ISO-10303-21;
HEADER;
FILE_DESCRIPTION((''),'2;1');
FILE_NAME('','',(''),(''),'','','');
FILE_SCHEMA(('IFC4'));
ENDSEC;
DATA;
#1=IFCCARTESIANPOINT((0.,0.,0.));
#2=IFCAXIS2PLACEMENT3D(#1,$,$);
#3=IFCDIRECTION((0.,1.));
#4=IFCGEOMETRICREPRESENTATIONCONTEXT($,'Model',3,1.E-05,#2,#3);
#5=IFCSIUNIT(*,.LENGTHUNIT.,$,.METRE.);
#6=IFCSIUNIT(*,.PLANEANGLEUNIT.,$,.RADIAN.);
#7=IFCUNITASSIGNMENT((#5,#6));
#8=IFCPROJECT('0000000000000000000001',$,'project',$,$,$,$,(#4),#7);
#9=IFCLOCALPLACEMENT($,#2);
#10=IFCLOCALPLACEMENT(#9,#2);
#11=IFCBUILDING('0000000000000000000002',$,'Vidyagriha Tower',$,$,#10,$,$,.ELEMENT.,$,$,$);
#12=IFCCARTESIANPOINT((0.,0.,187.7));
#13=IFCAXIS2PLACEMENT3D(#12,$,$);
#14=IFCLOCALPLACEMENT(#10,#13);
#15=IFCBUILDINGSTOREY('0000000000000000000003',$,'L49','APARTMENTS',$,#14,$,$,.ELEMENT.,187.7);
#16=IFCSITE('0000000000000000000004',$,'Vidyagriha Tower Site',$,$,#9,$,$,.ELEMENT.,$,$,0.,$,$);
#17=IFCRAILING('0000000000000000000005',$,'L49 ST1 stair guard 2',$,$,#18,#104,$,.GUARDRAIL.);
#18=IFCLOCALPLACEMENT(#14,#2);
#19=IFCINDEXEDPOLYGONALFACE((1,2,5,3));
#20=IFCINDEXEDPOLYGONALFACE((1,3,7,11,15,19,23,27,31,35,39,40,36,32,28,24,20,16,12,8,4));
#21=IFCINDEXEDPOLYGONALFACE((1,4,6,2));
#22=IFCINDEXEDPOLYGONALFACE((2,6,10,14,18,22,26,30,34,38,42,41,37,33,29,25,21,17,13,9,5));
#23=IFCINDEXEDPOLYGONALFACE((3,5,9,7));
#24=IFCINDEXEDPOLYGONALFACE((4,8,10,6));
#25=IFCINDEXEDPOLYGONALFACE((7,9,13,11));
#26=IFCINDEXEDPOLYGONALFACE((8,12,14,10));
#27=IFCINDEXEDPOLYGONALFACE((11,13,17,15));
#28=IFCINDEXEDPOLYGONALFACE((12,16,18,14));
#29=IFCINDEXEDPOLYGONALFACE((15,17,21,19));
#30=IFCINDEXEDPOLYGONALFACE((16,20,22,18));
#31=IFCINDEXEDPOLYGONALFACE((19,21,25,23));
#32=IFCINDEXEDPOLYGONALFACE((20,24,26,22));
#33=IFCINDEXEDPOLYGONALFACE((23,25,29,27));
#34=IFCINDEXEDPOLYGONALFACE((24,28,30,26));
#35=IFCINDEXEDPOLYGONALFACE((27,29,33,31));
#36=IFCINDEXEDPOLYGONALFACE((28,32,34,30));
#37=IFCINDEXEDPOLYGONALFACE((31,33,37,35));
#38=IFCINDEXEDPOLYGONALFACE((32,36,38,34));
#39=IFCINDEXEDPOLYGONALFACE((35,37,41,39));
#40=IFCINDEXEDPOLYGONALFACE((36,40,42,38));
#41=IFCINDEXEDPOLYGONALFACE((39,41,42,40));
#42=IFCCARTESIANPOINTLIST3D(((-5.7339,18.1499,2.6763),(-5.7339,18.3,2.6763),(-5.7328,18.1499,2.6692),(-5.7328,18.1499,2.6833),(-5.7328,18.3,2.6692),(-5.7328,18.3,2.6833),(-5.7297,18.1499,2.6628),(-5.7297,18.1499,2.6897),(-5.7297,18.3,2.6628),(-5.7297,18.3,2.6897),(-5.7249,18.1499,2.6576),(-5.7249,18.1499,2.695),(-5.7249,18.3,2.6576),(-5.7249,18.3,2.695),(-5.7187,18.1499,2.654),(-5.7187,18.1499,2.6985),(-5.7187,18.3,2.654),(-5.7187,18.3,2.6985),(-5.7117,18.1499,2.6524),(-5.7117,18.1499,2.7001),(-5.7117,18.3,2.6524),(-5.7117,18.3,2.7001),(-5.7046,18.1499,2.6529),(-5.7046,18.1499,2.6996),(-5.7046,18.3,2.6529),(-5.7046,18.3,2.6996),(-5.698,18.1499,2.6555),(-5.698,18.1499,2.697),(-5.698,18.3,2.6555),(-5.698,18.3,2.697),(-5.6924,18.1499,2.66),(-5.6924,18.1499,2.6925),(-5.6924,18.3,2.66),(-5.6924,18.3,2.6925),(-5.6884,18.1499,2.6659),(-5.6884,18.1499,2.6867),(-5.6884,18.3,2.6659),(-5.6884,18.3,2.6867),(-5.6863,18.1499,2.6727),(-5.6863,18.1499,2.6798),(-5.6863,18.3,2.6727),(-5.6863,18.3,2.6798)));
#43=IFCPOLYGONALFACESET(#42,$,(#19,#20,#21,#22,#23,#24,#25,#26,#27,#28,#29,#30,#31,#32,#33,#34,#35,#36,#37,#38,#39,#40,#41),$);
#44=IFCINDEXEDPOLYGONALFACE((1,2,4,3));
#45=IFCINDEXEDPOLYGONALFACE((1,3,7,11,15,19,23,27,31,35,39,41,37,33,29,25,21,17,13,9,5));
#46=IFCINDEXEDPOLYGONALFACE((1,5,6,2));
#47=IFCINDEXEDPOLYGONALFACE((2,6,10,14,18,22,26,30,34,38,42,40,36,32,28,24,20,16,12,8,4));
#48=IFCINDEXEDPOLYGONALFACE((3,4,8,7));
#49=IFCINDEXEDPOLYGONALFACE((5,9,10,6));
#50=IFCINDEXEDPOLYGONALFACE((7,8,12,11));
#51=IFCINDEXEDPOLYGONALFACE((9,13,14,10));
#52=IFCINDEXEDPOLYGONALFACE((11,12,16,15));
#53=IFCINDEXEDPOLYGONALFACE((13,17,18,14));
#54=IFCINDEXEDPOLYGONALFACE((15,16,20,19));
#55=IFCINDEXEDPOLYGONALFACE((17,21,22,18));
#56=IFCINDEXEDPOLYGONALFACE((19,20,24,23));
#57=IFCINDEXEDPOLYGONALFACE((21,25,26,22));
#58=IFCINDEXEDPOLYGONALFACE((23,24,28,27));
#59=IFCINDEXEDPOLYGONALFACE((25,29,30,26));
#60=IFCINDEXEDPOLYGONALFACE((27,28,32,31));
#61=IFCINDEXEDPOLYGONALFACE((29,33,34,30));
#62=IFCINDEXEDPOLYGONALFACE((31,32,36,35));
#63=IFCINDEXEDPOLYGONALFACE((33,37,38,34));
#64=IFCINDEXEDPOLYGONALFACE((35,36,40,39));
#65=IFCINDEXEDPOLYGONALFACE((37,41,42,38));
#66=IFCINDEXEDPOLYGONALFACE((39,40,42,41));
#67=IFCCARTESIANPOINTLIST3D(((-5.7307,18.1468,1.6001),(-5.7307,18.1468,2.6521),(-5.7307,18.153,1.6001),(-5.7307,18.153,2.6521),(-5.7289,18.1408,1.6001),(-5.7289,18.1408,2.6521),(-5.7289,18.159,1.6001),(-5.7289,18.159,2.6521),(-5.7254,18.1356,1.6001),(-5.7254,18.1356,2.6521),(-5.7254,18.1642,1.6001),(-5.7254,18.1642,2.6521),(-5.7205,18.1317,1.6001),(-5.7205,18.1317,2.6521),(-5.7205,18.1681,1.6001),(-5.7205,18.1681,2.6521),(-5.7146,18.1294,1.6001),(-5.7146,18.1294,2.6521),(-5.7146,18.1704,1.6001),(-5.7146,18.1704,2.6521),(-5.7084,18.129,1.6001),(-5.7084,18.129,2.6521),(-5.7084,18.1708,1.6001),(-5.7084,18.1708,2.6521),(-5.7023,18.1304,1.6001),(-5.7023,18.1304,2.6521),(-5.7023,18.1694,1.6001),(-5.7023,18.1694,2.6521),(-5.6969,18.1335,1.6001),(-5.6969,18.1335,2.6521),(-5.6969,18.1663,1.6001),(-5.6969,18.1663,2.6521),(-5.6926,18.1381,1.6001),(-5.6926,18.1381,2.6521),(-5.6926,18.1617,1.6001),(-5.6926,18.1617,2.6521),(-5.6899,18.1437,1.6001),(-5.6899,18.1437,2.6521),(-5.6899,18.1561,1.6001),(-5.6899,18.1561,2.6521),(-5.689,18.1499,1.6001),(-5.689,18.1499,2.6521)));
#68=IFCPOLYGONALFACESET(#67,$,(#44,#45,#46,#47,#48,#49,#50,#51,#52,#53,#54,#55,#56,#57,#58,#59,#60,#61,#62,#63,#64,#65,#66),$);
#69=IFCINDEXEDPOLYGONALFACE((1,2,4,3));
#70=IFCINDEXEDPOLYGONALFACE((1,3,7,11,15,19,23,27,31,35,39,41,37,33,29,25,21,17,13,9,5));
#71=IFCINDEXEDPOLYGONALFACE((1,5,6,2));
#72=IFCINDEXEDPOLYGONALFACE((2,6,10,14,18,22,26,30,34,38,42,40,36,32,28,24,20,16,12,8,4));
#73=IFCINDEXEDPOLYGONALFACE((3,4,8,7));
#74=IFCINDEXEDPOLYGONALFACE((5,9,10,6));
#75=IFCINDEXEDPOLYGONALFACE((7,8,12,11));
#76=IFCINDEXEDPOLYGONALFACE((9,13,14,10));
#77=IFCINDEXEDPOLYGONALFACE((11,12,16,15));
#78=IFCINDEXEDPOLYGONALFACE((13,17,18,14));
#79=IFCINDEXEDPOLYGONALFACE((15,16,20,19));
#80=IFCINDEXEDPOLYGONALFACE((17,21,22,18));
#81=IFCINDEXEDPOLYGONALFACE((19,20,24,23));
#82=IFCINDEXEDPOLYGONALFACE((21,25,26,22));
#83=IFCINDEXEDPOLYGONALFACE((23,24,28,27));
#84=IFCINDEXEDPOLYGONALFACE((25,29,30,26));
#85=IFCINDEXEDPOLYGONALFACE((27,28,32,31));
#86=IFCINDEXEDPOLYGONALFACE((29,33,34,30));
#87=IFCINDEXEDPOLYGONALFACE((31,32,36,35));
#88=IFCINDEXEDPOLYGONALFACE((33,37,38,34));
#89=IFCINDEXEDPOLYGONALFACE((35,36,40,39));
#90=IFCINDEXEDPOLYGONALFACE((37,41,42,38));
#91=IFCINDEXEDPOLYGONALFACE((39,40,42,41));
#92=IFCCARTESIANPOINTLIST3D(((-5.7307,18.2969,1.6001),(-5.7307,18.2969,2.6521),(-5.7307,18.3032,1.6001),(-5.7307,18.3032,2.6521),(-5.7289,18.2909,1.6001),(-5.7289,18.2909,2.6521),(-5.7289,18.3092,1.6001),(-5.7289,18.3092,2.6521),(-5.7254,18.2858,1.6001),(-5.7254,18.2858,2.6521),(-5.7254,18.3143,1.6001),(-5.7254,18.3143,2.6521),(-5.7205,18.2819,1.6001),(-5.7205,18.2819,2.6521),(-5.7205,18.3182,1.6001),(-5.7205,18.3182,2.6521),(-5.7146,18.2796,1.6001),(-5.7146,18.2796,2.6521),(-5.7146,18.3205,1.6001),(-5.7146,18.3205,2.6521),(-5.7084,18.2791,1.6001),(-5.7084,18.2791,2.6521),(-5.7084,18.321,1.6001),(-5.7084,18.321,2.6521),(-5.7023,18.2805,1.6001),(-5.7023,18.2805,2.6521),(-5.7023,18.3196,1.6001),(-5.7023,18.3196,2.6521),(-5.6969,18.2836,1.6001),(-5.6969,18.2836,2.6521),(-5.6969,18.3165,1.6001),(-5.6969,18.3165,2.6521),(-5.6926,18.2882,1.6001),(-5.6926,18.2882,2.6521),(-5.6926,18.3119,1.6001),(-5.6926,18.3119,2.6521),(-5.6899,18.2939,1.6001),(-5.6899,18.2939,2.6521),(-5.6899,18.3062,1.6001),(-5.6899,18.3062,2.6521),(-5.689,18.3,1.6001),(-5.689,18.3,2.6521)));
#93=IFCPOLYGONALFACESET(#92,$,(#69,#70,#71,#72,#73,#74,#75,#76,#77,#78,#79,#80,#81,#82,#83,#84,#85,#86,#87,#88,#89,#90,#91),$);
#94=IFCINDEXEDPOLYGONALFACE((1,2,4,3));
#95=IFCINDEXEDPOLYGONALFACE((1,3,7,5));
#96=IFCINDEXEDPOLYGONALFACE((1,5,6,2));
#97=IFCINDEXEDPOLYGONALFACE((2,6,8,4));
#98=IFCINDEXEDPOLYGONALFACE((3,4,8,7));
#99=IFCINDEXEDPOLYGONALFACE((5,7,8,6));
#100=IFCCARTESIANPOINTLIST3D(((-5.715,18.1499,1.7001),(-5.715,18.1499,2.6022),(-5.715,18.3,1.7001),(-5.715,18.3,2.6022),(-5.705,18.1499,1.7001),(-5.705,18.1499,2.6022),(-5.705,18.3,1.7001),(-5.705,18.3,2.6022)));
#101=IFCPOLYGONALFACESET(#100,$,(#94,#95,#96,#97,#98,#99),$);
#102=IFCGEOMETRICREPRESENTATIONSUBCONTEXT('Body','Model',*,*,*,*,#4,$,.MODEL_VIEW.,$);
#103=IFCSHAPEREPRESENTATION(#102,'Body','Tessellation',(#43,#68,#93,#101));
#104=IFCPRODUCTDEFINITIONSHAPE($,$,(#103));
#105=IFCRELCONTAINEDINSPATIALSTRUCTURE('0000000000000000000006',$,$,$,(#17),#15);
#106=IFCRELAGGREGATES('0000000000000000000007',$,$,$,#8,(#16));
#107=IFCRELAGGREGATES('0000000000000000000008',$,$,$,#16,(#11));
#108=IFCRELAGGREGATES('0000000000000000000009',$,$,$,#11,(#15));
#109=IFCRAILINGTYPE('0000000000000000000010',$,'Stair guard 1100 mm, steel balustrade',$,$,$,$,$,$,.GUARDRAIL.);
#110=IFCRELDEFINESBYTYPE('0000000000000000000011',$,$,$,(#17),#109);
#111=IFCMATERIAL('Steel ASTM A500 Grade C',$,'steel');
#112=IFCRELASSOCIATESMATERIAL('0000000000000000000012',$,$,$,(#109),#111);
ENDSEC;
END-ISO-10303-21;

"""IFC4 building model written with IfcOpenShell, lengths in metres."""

from ifc_helpers import new_model, si_unit, direction, frame, origin, origin_2d, place, context, subcontext, project, spatial, rectangle, circle, extrude, material, type_object, element, save


model = new_model("IFC4")

# Units and contexts
model_context = context("Model", 3, precision=1e-05, world=origin(), true_north=direction((0.0, 1.0)))
body_context = subcontext(model_context, "Body", "Model", "MODEL_VIEW")
ifc_project = project(units=[si_unit("LENGTHUNIT", "METRE"), si_unit("PLANEANGLEUNIT", "RADIAN")], contexts=[model_context])

# Site, building, storey
site_placement = place(None, origin())
site = spatial("IfcSite", under=ifc_project, at=site_placement, Name="Vidyagriha Tower Site", CompositionType="ELEMENT", RefElevation=0.0)
building_placement = place(site_placement, origin())
building = spatial("IfcBuilding", under=site, at=building_placement, Name="Vidyagriha Tower", CompositionType="ELEMENT")
storey_placement = place(building_placement, frame((0.0, 0.0, 187.7)))
storey = spatial("IfcBuildingStorey", under=building, at=storey_placement, Name="L49", Description="APARTMENTS", CompositionType="ELEMENT", Elevation=187.7)

# Railing
ifc_material_1 = material(Name="Steel ASTM A500 Grade C", Category="steel")
railing_type_1 = type_object("IfcRailingType", Name="Stair guard 1100 mm, steel balustrade", PredefinedType="GUARDRAIL", material=ifc_material_1)
railing_1_placement = place(storey_placement, frame((-5.71, 18.1499, 1.6001)))
element("IfcRailing", 1, at=railing_1_placement, inside=storey, type_object=railing_type_1, Name="L49 ST1 stair guard 2", PredefinedType="GUARDRAIL", context=body_context, shape_type="SweptSolid", body=[
    extrude(circle(Radius=0.0239, at=origin_2d()), frame((0.0, 0.0, 1.0762), z_axis=(0.0, 1.0, 0.0), x_axis=(-1.0, 0.0, 0.0)), (0.0, 0.0, 1.0), 0.1501),
    extrude(circle(Radius=0.021, at=origin_2d()), origin(), (0.0, 0.0, 1.0), 1.052),
    extrude(circle(Radius=0.021, at=origin_2d()), frame((0.0, 0.1501, 0.0)), (0.0, 0.0, 1.0), 1.052),
    extrude(rectangle(XDim=0.01, YDim=0.9021, at=origin_2d()), frame((0.0, 0.0, 0.551), z_axis=(0.0, 1.0, 0.0), x_axis=(-1.0, 0.0, 0.0)), (0.0, 0.0, 1.0), 0.1501),
])

save(model, "model.ifc")
